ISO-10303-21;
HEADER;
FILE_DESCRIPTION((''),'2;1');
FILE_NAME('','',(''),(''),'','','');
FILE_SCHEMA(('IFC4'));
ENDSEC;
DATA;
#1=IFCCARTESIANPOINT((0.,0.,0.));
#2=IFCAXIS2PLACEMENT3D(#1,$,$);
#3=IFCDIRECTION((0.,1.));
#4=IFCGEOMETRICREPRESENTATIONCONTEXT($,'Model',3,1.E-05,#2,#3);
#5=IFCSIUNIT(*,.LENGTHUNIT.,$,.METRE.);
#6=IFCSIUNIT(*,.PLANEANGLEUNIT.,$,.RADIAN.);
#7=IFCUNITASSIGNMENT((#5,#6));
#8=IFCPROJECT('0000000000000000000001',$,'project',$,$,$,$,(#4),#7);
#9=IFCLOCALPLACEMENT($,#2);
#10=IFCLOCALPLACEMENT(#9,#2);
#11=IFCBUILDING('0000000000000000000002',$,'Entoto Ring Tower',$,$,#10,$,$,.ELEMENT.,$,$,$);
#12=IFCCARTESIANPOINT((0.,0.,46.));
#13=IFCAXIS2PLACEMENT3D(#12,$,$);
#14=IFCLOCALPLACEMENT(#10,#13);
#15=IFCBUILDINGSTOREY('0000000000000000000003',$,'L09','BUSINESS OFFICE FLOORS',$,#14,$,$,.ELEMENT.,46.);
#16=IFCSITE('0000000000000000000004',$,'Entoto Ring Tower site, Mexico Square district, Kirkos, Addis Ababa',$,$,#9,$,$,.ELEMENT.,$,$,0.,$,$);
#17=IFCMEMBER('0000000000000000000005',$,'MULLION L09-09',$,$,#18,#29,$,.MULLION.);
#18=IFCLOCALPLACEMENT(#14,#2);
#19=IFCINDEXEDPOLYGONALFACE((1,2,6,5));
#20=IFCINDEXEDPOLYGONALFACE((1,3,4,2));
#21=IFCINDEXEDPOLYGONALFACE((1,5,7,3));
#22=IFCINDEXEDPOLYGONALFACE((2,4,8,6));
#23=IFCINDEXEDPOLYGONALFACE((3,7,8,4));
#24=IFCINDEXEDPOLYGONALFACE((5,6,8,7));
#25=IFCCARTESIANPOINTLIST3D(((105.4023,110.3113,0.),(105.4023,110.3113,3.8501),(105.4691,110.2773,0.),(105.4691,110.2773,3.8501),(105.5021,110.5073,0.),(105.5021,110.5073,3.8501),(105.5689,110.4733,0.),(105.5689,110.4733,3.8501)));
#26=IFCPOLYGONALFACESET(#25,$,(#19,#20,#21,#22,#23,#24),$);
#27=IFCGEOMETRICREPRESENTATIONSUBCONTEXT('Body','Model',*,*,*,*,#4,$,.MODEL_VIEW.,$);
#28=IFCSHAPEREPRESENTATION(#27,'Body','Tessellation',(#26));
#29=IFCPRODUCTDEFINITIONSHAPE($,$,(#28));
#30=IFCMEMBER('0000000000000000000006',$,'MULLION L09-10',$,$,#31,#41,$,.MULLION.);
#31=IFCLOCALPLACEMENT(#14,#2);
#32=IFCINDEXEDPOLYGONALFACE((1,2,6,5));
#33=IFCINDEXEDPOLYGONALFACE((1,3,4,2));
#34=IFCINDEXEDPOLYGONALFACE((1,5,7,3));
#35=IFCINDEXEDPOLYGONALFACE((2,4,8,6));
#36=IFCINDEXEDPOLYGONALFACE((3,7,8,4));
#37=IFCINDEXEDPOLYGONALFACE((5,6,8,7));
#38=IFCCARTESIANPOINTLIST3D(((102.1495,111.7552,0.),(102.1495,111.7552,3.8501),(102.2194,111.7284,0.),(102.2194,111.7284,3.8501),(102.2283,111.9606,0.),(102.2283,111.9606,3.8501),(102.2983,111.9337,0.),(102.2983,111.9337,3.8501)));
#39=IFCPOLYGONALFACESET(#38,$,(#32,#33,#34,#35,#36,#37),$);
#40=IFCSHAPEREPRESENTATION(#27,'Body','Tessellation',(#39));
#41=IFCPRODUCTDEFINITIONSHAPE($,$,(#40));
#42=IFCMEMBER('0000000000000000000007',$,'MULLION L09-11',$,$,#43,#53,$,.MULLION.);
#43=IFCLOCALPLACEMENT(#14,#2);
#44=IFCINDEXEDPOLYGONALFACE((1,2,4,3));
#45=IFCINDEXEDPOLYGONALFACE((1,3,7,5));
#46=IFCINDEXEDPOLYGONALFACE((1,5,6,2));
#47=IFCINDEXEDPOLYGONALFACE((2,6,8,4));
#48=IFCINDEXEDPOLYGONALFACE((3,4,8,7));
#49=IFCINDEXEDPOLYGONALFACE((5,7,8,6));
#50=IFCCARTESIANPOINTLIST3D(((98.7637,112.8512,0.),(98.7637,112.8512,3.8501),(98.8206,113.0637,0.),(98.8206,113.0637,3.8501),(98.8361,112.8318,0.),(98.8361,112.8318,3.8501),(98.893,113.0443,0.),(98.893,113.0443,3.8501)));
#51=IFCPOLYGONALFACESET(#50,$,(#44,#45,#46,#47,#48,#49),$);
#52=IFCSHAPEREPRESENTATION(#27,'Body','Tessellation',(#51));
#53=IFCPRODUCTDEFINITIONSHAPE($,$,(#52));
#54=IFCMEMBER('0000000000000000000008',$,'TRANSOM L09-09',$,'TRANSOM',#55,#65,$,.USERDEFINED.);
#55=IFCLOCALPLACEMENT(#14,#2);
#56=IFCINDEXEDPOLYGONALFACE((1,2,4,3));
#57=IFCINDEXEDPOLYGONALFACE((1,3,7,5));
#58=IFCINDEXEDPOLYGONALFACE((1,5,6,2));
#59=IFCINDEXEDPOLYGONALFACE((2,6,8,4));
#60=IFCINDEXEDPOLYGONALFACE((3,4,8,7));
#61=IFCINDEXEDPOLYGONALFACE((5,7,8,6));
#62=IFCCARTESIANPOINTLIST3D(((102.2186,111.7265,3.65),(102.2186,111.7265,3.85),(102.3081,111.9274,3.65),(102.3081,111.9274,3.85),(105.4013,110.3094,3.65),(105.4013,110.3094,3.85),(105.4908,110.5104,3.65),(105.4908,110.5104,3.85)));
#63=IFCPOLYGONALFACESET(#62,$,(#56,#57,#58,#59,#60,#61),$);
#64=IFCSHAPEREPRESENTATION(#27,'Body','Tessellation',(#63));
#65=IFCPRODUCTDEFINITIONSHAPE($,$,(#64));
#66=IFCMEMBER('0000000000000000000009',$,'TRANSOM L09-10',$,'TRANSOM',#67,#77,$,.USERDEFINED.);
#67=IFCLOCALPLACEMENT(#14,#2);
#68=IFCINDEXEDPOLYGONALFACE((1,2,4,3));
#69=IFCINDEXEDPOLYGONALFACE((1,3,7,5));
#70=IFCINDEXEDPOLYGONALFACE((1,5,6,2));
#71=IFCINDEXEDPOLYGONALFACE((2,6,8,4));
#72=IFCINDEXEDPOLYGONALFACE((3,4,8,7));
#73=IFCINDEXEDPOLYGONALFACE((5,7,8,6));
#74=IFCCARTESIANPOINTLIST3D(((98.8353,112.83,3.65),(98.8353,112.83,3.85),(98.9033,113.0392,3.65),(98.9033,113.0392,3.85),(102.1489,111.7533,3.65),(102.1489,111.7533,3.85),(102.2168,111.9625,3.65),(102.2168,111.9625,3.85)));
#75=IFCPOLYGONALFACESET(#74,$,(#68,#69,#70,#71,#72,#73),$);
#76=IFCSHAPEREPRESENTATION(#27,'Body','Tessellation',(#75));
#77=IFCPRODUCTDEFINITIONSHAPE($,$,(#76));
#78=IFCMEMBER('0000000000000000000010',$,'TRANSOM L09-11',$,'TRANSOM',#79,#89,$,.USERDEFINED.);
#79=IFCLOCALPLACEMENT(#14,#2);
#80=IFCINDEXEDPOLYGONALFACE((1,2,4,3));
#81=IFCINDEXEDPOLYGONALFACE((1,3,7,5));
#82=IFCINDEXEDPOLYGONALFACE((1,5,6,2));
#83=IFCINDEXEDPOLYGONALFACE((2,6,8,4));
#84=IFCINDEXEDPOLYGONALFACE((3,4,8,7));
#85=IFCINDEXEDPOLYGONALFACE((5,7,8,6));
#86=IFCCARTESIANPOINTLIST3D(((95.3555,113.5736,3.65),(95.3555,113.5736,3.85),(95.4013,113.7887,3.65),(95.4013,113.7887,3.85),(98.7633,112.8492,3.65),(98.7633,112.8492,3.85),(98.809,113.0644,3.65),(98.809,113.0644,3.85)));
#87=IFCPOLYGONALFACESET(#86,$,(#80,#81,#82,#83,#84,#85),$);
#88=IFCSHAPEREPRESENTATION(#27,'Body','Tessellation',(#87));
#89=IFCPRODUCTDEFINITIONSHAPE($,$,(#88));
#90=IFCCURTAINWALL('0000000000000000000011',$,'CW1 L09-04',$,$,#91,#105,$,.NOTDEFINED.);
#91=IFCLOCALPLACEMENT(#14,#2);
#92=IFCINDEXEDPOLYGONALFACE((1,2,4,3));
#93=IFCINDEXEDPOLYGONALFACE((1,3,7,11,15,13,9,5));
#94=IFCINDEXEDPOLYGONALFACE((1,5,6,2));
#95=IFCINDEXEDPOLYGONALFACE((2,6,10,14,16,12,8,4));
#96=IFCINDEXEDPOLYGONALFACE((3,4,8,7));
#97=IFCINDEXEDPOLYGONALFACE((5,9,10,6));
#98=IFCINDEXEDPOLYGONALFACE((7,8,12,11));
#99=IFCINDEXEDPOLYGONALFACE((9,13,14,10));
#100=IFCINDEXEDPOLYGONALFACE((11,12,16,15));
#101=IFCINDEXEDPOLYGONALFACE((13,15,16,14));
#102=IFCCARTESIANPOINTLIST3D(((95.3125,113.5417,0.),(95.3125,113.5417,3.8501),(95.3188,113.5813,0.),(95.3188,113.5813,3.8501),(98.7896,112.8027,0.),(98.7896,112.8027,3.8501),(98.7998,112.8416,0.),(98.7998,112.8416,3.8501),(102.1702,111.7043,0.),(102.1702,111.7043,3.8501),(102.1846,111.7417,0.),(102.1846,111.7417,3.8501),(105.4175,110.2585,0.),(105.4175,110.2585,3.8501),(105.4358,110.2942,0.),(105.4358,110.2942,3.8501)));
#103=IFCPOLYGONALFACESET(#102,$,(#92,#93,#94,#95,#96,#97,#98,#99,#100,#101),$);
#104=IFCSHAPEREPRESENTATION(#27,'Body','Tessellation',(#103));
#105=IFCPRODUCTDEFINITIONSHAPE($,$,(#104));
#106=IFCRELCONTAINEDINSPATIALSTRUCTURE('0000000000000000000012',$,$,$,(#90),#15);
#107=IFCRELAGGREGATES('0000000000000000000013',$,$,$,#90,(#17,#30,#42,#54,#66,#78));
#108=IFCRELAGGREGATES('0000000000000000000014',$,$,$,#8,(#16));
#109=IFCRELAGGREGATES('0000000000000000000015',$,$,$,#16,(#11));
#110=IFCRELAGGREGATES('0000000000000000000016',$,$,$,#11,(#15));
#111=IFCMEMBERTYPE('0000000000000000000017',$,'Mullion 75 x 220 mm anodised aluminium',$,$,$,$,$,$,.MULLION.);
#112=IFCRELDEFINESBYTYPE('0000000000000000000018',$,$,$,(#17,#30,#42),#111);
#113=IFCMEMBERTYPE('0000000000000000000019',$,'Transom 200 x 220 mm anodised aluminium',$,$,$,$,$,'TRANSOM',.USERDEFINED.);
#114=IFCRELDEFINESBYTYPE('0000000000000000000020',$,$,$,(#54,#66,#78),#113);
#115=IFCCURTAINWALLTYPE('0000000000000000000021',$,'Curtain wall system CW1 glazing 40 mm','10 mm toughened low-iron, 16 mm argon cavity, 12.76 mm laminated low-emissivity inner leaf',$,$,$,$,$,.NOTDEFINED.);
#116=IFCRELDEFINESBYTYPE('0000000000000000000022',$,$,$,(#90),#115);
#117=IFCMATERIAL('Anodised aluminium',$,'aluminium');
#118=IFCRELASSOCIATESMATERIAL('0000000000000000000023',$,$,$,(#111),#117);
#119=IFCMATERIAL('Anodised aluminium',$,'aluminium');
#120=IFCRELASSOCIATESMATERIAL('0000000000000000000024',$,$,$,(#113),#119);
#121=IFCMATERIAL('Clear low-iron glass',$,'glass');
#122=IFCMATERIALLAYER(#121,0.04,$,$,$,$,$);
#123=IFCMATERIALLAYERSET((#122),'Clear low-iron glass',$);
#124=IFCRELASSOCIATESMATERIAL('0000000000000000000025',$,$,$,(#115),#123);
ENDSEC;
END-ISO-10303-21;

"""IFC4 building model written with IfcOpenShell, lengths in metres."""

from ifc_helpers import new_model, si_unit, direction, frame, origin, origin_2d, place, context, subcontext, project, spatial, polyline, rectangle, outline, extrude, material, layer, layer_set, material_profile, profile_set, type_object, element, aggregate, save


model = new_model("IFC4")

# Units and contexts
model_context = context("Model", 3, precision=1e-05, world=origin(), true_north=direction((0.0, 1.0)))
body_context = subcontext(model_context, "Body", "Model", "MODEL_VIEW")
ifc_project = project(units=[si_unit("LENGTHUNIT", "METRE"), si_unit("PLANEANGLEUNIT", "RADIAN")], contexts=[model_context])

# Members
ifc_material_1 = material(Name="Anodised aluminium", Category="aluminium")
ifc_material_profile_1 = material_profile(ifc_material_1, rectangle(XDim=0.075, YDim=0.22, at=origin_2d()), Name="Mullion 75 x 220 mm anodised aluminium")
ifc_profile_set_1 = profile_set([ifc_material_profile_1], Name="Anodised aluminium")
member_type_1 = type_object("IfcMemberType", Name="Mullion 75 x 220 mm anodised aluminium", PredefinedType="MULLION", material=ifc_profile_set_1)
site_placement = place(None, origin())
building_placement = place(site_placement, origin())
storey_placement = place(building_placement, frame((0.0, 0.0, 46.0)))
member_1_placement = place(storey_placement, frame((105.4856, 110.3923, 0.0), z_axis=(0.0, 0.0, 1.0), x_axis=(-0.891007, 0.45399, 0.0)))
member_1 = element("IfcMember", 1, at=member_1_placement, type_object=member_type_1, Name="MULLION L09-09", PredefinedType="MULLION", context=body_context, shape_type="SweptSolid", body=[
    extrude(rectangle(XDim=0.075, YDim=0.22, at=origin_2d()), origin(), (0.0, 0.0, 1.0), 3.8501),
])
member_2_placement = place(storey_placement, frame((102.2239, 111.8445, 0.0), z_axis=(0.0, 0.0, 1.0), x_axis=(-0.93358, 0.358368, 0.0)))
member_2 = element("IfcMember", 2, at=member_2_placement, type_object=member_type_1, Name="MULLION L09-10", PredefinedType="MULLION", context=body_context, shape_type="SweptSolid", body=[
    extrude(rectangle(XDim=0.075, YDim=0.22, at=origin_2d()), origin(), (0.0, 0.0, 1.0), 3.8501),
])
member_3_placement = place(storey_placement, frame((98.8284, 112.9478, 0.0), z_axis=(0.0, 0.0, 1.0), x_axis=(-0.965926, 0.258819, 0.0)))
member_3 = element("IfcMember", 3, at=member_3_placement, type_object=member_type_1, Name="MULLION L09-11", PredefinedType="MULLION", context=body_context, shape_type="SweptSolid", body=[
    extrude(rectangle(XDim=0.075, YDim=0.22, at=origin_2d()), origin(), (0.0, 0.0, 1.0), 3.8501),
])
ifc_material_2 = material(Name="Anodised aluminium", Category="aluminium")
ifc_material_profile_2 = material_profile(ifc_material_2, rectangle(XDim=0.22, YDim=0.2, at=origin_2d()), Name="Transom 200 x 220 mm anodised aluminium")
ifc_profile_set_2 = profile_set([ifc_material_profile_2], Name="Anodised aluminium")
member_type_2 = type_object("IfcMemberType", Name="Transom 200 x 220 mm anodised aluminium", ElementType="TRANSOM", PredefinedType="USERDEFINED", material=ifc_profile_set_2)
member_4_placement = place(storey_placement, frame((105.446, 110.4099, 3.75), z_axis=(-0.913545, 0.406737, 0.0), x_axis=(-0.406737, -0.913545, 0.0)))
member_4 = element("IfcMember", 4, at=member_4_placement, type_object=member_type_2, Name="TRANSOM L09-09", ObjectType="TRANSOM", PredefinedType="USERDEFINED", context=body_context, shape_type="SweptSolid", body=[
    extrude(rectangle(XDim=0.22, YDim=0.2, at=origin_2d()), origin(), (0.0, 0.0, 1.0), 3.4839),
])
member_5_placement = place(storey_placement, frame((102.1829, 111.8579, 3.75), z_axis=(-0.951053, 0.309029, 0.0), x_axis=(-0.309029, -0.951053, 0.0)))
member_5 = element("IfcMember", 5, at=member_5_placement, type_object=member_type_2, Name="TRANSOM L09-10", ObjectType="TRANSOM", PredefinedType="USERDEFINED", context=body_context, shape_type="SweptSolid", body=[
    extrude(rectangle(XDim=0.22, YDim=0.2, at=origin_2d()), origin(), (0.0, 0.0, 1.0), 3.4841),
])
member_6_placement = place(storey_placement, frame((98.7861, 112.9568, 3.75), z_axis=(-0.978146, 0.207921, 0.0), x_axis=(-0.207921, -0.978146, 0.0)))
member_6 = element("IfcMember", 6, at=member_6_placement, type_object=member_type_2, Name="TRANSOM L09-11", ObjectType="TRANSOM", PredefinedType="USERDEFINED", context=body_context, shape_type="SweptSolid", body=[
    extrude(rectangle(XDim=0.22, YDim=0.2, at=origin_2d()), origin(), (0.0, 0.0, 1.0), 3.4839),
])

# Site, building, storey
site = spatial("IfcSite", under=ifc_project, at=site_placement, Name="Entoto Ring Tower site, Mexico Square district, Kirkos, Addis Ababa", CompositionType="ELEMENT", RefElevation=0.0)
building = spatial("IfcBuilding", under=site, at=building_placement, Name="Entoto Ring Tower", CompositionType="ELEMENT")
storey = spatial("IfcBuildingStorey", under=building, at=storey_placement, Name="L09", Description="BUSINESS OFFICE FLOORS", CompositionType="ELEMENT", Elevation=46.0)

# Curtain wall
ifc_material_3 = material(Name="Clear low-iron glass", Category="glass")
ifc_layer = layer(ifc_material_3, 0.04)
ifc_layer_set = layer_set([ifc_layer], Name="Clear low-iron glass")
curtain_wall_type = type_object("IfcCurtainWallType", Name="Curtain wall system CW1 glazing 40 mm", Description="10 mm toughened low-iron, 16 mm argon cavity, 12.76 mm laminated low-emissivity inner leaf", PredefinedType="NOTDEFINED", material=ifc_layer_set)
curtain_wall_1_placement = place(storey_placement, origin())
curtain_wall_1 = element("IfcCurtainWall", 7, at=curtain_wall_1_placement, inside=storey, type_object=curtain_wall_type, Name="CW1 L09-04", PredefinedType="NOTDEFINED", context=body_context, shape_type="SweptSolid", body=[
    extrude(outline(polyline([(105.4358, 110.2942), (102.1846, 111.7417), (98.7998, 112.8416), (95.3188, 113.5813), (95.3125, 113.5417), (98.7896, 112.8027), (102.1702, 111.7043), (105.4175, 110.2585), (105.4358, 110.2942)])), origin(), (0.0, 0.0, 1.0), 3.8501),
])
aggregate(curtain_wall_1, [member_1, member_2, member_3, member_4, member_5, member_6])

save(model, "model.ifc")
